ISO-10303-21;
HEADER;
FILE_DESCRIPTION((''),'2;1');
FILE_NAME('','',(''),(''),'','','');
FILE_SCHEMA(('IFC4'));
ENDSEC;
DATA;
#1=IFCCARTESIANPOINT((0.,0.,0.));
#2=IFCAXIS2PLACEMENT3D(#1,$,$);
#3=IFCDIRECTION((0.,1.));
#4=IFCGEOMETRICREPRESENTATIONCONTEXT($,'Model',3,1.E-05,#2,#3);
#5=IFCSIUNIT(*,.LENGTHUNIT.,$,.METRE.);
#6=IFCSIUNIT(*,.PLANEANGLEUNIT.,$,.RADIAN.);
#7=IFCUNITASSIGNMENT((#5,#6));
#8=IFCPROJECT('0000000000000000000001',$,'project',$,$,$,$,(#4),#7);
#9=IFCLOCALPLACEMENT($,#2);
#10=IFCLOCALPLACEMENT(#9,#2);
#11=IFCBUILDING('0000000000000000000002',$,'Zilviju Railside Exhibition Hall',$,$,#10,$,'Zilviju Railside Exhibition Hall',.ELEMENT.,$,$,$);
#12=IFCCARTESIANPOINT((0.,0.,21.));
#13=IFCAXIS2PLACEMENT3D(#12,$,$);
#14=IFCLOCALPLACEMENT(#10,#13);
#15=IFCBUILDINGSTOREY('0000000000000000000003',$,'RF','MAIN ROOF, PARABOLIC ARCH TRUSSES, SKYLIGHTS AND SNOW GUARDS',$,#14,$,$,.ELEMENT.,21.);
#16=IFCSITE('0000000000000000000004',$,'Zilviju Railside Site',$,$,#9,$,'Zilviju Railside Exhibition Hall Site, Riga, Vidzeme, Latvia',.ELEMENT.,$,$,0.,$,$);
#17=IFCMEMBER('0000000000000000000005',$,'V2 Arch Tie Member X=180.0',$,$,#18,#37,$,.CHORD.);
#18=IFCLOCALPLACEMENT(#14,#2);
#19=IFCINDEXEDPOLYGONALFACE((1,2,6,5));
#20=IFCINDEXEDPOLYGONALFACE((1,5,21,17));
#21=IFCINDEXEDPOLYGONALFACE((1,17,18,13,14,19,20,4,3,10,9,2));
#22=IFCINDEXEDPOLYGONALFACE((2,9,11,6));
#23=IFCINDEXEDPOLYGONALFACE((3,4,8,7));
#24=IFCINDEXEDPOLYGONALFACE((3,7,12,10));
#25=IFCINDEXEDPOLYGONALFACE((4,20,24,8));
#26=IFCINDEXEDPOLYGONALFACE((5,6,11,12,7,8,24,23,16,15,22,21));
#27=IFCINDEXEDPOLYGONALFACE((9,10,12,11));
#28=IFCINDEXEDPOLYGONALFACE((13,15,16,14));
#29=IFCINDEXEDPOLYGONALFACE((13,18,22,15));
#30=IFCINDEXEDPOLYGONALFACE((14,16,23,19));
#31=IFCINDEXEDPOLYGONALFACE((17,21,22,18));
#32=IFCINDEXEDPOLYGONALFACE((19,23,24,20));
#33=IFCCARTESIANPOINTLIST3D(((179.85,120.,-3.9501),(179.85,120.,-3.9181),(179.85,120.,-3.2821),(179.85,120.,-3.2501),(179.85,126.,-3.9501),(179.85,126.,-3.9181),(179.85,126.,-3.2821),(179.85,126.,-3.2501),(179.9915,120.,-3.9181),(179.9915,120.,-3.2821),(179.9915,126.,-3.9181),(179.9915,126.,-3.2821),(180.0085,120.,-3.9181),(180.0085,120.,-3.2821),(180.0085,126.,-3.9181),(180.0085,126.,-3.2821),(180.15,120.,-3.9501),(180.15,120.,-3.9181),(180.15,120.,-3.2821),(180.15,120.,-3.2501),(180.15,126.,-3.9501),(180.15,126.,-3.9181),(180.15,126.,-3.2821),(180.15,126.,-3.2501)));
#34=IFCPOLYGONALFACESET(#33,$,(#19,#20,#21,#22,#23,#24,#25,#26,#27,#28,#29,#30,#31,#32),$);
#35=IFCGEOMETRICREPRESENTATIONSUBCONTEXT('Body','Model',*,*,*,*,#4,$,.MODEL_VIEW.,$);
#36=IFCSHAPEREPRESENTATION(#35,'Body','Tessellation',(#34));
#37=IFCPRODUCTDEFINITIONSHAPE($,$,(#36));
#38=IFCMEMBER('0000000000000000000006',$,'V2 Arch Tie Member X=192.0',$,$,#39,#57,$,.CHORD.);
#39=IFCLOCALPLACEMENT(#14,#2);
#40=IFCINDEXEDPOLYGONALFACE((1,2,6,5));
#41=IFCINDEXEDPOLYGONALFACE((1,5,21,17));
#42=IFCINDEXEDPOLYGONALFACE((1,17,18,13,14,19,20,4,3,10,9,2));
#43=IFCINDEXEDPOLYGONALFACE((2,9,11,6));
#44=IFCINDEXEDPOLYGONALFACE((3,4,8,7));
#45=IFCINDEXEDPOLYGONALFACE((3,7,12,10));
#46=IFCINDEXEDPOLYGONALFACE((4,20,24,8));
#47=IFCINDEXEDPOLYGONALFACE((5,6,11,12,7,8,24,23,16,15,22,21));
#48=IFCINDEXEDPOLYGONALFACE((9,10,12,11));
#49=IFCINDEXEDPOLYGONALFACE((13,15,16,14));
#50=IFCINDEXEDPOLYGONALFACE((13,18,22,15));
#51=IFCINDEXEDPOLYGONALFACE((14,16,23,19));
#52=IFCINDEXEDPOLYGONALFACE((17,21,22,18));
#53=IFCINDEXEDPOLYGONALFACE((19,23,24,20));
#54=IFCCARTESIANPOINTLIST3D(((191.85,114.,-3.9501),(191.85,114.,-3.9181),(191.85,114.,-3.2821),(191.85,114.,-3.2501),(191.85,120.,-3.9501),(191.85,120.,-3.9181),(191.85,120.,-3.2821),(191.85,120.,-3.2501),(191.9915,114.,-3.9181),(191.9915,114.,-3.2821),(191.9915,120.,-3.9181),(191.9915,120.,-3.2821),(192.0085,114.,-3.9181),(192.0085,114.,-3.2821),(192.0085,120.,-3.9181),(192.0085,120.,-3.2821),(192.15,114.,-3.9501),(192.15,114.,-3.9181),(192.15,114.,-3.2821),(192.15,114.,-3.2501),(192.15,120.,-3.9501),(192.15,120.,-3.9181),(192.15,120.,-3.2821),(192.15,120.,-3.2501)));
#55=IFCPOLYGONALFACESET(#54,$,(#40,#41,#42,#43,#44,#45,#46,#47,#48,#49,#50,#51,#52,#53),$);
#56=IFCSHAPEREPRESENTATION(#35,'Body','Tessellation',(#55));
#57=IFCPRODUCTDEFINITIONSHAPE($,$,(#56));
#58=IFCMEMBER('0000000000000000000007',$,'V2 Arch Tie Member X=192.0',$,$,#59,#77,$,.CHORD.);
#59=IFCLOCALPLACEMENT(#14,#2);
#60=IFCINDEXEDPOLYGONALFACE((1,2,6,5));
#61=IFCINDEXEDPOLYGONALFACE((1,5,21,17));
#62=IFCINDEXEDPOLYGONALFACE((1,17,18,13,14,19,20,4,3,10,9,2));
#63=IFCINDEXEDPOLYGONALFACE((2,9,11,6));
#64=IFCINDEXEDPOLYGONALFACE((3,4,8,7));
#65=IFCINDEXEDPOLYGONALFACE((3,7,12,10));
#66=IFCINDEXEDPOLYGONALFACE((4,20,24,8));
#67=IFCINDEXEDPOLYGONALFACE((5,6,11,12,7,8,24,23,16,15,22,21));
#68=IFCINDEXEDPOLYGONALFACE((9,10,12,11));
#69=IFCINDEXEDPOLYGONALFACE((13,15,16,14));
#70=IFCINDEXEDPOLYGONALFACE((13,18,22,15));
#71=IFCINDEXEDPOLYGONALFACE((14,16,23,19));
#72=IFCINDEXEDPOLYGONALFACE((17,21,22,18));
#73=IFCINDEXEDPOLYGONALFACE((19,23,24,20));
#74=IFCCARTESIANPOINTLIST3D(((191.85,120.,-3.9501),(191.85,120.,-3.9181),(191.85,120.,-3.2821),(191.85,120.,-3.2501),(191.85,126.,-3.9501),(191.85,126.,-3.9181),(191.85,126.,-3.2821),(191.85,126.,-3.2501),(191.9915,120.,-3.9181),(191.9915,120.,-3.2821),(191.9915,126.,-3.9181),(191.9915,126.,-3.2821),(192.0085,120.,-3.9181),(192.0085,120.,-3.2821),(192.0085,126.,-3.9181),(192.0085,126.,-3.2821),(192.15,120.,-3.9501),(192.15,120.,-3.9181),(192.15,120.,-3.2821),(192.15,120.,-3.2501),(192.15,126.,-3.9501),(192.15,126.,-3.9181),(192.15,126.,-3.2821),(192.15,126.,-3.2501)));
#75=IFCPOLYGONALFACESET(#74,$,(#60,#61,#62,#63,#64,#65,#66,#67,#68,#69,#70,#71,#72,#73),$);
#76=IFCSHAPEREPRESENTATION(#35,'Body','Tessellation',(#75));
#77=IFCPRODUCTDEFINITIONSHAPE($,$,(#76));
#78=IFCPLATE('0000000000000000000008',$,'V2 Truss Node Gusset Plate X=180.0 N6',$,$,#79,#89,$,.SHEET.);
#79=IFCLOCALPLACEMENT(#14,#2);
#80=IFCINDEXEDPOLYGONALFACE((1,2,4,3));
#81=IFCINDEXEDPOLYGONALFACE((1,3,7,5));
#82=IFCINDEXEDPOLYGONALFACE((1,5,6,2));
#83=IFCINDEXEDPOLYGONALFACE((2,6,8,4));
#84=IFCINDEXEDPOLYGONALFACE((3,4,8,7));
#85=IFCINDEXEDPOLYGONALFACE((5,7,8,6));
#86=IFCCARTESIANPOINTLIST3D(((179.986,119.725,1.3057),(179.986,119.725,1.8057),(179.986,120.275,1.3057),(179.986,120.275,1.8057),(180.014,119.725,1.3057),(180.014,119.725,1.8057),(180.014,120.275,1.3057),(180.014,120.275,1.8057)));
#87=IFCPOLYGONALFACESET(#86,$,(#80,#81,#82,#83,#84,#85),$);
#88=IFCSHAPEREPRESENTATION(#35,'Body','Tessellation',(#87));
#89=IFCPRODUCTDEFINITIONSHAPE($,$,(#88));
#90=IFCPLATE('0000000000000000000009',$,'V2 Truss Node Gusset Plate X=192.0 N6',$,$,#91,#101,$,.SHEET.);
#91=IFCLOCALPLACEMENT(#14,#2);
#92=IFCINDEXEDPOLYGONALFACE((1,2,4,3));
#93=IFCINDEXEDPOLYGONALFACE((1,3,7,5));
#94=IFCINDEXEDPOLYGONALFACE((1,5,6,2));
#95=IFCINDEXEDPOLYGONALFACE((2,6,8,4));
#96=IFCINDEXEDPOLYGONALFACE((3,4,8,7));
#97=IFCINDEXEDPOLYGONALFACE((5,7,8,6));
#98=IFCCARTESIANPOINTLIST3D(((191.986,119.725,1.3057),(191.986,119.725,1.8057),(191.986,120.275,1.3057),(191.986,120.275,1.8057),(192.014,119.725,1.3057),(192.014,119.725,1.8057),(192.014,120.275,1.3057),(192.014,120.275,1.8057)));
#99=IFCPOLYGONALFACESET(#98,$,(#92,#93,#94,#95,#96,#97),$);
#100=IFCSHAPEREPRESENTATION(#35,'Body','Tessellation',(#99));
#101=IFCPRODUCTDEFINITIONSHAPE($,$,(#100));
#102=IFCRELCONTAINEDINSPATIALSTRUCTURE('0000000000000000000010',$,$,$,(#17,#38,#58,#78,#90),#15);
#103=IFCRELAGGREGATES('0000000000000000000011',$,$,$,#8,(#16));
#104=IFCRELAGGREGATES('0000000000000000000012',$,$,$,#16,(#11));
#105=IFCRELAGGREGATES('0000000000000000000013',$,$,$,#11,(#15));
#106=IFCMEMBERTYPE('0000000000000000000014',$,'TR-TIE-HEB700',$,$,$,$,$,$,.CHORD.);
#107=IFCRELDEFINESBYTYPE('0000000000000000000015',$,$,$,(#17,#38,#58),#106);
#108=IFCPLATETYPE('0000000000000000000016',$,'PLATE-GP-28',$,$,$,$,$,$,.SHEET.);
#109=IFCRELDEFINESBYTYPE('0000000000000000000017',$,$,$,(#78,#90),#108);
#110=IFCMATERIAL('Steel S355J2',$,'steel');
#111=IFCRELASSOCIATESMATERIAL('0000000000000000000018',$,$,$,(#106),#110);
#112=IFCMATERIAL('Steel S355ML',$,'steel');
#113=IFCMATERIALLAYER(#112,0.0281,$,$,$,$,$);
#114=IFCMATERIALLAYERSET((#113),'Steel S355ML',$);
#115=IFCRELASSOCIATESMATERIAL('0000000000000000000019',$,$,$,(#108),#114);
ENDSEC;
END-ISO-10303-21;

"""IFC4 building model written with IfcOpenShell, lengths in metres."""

from ifc_helpers import new_model, si_unit, direction, frame, origin, origin_2d, place, context, subcontext, project, spatial, rectangle, i_section, extrude, material, layer, layer_set, material_profile, profile_set, type_object, element, save


model = new_model("IFC4")

# Units and contexts
model_context = context("Model", 3, precision=1e-05, world=origin(), true_north=direction((0.0, 1.0)))
body_context = subcontext(model_context, "Body", "Model", "MODEL_VIEW")
ifc_project = project(units=[si_unit("LENGTHUNIT", "METRE"), si_unit("PLANEANGLEUNIT", "RADIAN")], contexts=[model_context])

# Site, building, storey
site_placement = place(None, origin())
site = spatial("IfcSite", under=ifc_project, at=site_placement, Name="Zilviju Railside Site", LongName="Zilviju Railside Exhibition Hall Site, Riga, Vidzeme, Latvia", CompositionType="ELEMENT", RefElevation=0.0)
building_placement = place(site_placement, origin())
building = spatial("IfcBuilding", under=site, at=building_placement, Name="Zilviju Railside Exhibition Hall", LongName="Zilviju Railside Exhibition Hall", CompositionType="ELEMENT")
storey_placement = place(building_placement, frame((0.0, 0.0, 21.0)))
storey = spatial("IfcBuildingStorey", under=building, at=storey_placement, Name="RF", Description="MAIN ROOF, PARABOLIC ARCH TRUSSES, SKYLIGHTS AND SNOW GUARDS", CompositionType="ELEMENT", Elevation=21.0)

# Members
ifc_material_1 = material(Name="Steel S355J2", Category="steel")
ifc_material_profile_1 = material_profile(ifc_material_1, i_section(OverallWidth=0.3, OverallDepth=0.7, WebThickness=0.0171, FlangeThickness=0.032, at=origin_2d()), Name="HEB 700")
ifc_profile_set_1 = profile_set([ifc_material_profile_1], Name="Steel S355J2")
member_type_1 = type_object("IfcMemberType", Name="TR-TIE-HEB700", PredefinedType="CHORD", material=ifc_profile_set_1)
for number, where, z_axis, x_axis, name in (
    (1, (180.0, 120.0, -3.6001), (0.0, 1.0, 0.0), (-1.0, 0.0, 0.0), "V2 Arch Tie Member X=180.0"),
    (2, (192.0, 114.0, -3.6001), (0.0, 1.0, 0.0), (-1.0, 0.0, 0.0), "V2 Arch Tie Member X=192.0"),
    (3, (192.0, 120.0, -3.6001), (0.0, 1.0, 0.0), (-1.0, 0.0, 0.0), "V2 Arch Tie Member X=192.0"),
):
    element("IfcMember", number, at=place(storey_placement, frame(where, z_axis=z_axis, x_axis=x_axis)), inside=storey, type_object=member_type_1, Name=name, PredefinedType="CHORD", context=body_context, shape_type="SweptSolid", body=[
        extrude(i_section(OverallWidth=0.3, OverallDepth=0.7, WebThickness=0.0171, FlangeThickness=0.032, at=origin_2d()), origin(), (0.0, 0.0, 1.0), 6.0),
    ])

# Plates
ifc_material_2 = material(Name="Steel S355ML", Category="steel")
ifc_layer = layer(ifc_material_2, 0.0281)
ifc_layer_set = layer_set([ifc_layer], Name="Steel S355ML")
plate_type = type_object("IfcPlateType", Name="PLATE-GP-28", PredefinedType="SHEET", material=ifc_layer_set)
for number, where, z_axis, x_axis, name in (
    (4, (180.0, 120.0, 1.3057), (0.0, 0.0, 1.0), (1.0, 0.0, 0.0), "V2 Truss Node Gusset Plate X=180.0 N6"),
    (5, (192.0, 120.0, 1.3057), (0.0, 0.0, 1.0), (1.0, 0.0, 0.0), "V2 Truss Node Gusset Plate X=192.0 N6"),
):
    element("IfcPlate", number, at=place(storey_placement, frame(where, z_axis=z_axis, x_axis=x_axis)), inside=storey, type_object=plate_type, Name=name, PredefinedType="SHEET", context=body_context, shape_type="SweptSolid", body=[
        extrude(rectangle(XDim=0.0281, YDim=0.55, at=origin_2d()), origin(), (0.0, 0.0, 1.0), 0.5),
    ])

save(model, "model.ifc")
